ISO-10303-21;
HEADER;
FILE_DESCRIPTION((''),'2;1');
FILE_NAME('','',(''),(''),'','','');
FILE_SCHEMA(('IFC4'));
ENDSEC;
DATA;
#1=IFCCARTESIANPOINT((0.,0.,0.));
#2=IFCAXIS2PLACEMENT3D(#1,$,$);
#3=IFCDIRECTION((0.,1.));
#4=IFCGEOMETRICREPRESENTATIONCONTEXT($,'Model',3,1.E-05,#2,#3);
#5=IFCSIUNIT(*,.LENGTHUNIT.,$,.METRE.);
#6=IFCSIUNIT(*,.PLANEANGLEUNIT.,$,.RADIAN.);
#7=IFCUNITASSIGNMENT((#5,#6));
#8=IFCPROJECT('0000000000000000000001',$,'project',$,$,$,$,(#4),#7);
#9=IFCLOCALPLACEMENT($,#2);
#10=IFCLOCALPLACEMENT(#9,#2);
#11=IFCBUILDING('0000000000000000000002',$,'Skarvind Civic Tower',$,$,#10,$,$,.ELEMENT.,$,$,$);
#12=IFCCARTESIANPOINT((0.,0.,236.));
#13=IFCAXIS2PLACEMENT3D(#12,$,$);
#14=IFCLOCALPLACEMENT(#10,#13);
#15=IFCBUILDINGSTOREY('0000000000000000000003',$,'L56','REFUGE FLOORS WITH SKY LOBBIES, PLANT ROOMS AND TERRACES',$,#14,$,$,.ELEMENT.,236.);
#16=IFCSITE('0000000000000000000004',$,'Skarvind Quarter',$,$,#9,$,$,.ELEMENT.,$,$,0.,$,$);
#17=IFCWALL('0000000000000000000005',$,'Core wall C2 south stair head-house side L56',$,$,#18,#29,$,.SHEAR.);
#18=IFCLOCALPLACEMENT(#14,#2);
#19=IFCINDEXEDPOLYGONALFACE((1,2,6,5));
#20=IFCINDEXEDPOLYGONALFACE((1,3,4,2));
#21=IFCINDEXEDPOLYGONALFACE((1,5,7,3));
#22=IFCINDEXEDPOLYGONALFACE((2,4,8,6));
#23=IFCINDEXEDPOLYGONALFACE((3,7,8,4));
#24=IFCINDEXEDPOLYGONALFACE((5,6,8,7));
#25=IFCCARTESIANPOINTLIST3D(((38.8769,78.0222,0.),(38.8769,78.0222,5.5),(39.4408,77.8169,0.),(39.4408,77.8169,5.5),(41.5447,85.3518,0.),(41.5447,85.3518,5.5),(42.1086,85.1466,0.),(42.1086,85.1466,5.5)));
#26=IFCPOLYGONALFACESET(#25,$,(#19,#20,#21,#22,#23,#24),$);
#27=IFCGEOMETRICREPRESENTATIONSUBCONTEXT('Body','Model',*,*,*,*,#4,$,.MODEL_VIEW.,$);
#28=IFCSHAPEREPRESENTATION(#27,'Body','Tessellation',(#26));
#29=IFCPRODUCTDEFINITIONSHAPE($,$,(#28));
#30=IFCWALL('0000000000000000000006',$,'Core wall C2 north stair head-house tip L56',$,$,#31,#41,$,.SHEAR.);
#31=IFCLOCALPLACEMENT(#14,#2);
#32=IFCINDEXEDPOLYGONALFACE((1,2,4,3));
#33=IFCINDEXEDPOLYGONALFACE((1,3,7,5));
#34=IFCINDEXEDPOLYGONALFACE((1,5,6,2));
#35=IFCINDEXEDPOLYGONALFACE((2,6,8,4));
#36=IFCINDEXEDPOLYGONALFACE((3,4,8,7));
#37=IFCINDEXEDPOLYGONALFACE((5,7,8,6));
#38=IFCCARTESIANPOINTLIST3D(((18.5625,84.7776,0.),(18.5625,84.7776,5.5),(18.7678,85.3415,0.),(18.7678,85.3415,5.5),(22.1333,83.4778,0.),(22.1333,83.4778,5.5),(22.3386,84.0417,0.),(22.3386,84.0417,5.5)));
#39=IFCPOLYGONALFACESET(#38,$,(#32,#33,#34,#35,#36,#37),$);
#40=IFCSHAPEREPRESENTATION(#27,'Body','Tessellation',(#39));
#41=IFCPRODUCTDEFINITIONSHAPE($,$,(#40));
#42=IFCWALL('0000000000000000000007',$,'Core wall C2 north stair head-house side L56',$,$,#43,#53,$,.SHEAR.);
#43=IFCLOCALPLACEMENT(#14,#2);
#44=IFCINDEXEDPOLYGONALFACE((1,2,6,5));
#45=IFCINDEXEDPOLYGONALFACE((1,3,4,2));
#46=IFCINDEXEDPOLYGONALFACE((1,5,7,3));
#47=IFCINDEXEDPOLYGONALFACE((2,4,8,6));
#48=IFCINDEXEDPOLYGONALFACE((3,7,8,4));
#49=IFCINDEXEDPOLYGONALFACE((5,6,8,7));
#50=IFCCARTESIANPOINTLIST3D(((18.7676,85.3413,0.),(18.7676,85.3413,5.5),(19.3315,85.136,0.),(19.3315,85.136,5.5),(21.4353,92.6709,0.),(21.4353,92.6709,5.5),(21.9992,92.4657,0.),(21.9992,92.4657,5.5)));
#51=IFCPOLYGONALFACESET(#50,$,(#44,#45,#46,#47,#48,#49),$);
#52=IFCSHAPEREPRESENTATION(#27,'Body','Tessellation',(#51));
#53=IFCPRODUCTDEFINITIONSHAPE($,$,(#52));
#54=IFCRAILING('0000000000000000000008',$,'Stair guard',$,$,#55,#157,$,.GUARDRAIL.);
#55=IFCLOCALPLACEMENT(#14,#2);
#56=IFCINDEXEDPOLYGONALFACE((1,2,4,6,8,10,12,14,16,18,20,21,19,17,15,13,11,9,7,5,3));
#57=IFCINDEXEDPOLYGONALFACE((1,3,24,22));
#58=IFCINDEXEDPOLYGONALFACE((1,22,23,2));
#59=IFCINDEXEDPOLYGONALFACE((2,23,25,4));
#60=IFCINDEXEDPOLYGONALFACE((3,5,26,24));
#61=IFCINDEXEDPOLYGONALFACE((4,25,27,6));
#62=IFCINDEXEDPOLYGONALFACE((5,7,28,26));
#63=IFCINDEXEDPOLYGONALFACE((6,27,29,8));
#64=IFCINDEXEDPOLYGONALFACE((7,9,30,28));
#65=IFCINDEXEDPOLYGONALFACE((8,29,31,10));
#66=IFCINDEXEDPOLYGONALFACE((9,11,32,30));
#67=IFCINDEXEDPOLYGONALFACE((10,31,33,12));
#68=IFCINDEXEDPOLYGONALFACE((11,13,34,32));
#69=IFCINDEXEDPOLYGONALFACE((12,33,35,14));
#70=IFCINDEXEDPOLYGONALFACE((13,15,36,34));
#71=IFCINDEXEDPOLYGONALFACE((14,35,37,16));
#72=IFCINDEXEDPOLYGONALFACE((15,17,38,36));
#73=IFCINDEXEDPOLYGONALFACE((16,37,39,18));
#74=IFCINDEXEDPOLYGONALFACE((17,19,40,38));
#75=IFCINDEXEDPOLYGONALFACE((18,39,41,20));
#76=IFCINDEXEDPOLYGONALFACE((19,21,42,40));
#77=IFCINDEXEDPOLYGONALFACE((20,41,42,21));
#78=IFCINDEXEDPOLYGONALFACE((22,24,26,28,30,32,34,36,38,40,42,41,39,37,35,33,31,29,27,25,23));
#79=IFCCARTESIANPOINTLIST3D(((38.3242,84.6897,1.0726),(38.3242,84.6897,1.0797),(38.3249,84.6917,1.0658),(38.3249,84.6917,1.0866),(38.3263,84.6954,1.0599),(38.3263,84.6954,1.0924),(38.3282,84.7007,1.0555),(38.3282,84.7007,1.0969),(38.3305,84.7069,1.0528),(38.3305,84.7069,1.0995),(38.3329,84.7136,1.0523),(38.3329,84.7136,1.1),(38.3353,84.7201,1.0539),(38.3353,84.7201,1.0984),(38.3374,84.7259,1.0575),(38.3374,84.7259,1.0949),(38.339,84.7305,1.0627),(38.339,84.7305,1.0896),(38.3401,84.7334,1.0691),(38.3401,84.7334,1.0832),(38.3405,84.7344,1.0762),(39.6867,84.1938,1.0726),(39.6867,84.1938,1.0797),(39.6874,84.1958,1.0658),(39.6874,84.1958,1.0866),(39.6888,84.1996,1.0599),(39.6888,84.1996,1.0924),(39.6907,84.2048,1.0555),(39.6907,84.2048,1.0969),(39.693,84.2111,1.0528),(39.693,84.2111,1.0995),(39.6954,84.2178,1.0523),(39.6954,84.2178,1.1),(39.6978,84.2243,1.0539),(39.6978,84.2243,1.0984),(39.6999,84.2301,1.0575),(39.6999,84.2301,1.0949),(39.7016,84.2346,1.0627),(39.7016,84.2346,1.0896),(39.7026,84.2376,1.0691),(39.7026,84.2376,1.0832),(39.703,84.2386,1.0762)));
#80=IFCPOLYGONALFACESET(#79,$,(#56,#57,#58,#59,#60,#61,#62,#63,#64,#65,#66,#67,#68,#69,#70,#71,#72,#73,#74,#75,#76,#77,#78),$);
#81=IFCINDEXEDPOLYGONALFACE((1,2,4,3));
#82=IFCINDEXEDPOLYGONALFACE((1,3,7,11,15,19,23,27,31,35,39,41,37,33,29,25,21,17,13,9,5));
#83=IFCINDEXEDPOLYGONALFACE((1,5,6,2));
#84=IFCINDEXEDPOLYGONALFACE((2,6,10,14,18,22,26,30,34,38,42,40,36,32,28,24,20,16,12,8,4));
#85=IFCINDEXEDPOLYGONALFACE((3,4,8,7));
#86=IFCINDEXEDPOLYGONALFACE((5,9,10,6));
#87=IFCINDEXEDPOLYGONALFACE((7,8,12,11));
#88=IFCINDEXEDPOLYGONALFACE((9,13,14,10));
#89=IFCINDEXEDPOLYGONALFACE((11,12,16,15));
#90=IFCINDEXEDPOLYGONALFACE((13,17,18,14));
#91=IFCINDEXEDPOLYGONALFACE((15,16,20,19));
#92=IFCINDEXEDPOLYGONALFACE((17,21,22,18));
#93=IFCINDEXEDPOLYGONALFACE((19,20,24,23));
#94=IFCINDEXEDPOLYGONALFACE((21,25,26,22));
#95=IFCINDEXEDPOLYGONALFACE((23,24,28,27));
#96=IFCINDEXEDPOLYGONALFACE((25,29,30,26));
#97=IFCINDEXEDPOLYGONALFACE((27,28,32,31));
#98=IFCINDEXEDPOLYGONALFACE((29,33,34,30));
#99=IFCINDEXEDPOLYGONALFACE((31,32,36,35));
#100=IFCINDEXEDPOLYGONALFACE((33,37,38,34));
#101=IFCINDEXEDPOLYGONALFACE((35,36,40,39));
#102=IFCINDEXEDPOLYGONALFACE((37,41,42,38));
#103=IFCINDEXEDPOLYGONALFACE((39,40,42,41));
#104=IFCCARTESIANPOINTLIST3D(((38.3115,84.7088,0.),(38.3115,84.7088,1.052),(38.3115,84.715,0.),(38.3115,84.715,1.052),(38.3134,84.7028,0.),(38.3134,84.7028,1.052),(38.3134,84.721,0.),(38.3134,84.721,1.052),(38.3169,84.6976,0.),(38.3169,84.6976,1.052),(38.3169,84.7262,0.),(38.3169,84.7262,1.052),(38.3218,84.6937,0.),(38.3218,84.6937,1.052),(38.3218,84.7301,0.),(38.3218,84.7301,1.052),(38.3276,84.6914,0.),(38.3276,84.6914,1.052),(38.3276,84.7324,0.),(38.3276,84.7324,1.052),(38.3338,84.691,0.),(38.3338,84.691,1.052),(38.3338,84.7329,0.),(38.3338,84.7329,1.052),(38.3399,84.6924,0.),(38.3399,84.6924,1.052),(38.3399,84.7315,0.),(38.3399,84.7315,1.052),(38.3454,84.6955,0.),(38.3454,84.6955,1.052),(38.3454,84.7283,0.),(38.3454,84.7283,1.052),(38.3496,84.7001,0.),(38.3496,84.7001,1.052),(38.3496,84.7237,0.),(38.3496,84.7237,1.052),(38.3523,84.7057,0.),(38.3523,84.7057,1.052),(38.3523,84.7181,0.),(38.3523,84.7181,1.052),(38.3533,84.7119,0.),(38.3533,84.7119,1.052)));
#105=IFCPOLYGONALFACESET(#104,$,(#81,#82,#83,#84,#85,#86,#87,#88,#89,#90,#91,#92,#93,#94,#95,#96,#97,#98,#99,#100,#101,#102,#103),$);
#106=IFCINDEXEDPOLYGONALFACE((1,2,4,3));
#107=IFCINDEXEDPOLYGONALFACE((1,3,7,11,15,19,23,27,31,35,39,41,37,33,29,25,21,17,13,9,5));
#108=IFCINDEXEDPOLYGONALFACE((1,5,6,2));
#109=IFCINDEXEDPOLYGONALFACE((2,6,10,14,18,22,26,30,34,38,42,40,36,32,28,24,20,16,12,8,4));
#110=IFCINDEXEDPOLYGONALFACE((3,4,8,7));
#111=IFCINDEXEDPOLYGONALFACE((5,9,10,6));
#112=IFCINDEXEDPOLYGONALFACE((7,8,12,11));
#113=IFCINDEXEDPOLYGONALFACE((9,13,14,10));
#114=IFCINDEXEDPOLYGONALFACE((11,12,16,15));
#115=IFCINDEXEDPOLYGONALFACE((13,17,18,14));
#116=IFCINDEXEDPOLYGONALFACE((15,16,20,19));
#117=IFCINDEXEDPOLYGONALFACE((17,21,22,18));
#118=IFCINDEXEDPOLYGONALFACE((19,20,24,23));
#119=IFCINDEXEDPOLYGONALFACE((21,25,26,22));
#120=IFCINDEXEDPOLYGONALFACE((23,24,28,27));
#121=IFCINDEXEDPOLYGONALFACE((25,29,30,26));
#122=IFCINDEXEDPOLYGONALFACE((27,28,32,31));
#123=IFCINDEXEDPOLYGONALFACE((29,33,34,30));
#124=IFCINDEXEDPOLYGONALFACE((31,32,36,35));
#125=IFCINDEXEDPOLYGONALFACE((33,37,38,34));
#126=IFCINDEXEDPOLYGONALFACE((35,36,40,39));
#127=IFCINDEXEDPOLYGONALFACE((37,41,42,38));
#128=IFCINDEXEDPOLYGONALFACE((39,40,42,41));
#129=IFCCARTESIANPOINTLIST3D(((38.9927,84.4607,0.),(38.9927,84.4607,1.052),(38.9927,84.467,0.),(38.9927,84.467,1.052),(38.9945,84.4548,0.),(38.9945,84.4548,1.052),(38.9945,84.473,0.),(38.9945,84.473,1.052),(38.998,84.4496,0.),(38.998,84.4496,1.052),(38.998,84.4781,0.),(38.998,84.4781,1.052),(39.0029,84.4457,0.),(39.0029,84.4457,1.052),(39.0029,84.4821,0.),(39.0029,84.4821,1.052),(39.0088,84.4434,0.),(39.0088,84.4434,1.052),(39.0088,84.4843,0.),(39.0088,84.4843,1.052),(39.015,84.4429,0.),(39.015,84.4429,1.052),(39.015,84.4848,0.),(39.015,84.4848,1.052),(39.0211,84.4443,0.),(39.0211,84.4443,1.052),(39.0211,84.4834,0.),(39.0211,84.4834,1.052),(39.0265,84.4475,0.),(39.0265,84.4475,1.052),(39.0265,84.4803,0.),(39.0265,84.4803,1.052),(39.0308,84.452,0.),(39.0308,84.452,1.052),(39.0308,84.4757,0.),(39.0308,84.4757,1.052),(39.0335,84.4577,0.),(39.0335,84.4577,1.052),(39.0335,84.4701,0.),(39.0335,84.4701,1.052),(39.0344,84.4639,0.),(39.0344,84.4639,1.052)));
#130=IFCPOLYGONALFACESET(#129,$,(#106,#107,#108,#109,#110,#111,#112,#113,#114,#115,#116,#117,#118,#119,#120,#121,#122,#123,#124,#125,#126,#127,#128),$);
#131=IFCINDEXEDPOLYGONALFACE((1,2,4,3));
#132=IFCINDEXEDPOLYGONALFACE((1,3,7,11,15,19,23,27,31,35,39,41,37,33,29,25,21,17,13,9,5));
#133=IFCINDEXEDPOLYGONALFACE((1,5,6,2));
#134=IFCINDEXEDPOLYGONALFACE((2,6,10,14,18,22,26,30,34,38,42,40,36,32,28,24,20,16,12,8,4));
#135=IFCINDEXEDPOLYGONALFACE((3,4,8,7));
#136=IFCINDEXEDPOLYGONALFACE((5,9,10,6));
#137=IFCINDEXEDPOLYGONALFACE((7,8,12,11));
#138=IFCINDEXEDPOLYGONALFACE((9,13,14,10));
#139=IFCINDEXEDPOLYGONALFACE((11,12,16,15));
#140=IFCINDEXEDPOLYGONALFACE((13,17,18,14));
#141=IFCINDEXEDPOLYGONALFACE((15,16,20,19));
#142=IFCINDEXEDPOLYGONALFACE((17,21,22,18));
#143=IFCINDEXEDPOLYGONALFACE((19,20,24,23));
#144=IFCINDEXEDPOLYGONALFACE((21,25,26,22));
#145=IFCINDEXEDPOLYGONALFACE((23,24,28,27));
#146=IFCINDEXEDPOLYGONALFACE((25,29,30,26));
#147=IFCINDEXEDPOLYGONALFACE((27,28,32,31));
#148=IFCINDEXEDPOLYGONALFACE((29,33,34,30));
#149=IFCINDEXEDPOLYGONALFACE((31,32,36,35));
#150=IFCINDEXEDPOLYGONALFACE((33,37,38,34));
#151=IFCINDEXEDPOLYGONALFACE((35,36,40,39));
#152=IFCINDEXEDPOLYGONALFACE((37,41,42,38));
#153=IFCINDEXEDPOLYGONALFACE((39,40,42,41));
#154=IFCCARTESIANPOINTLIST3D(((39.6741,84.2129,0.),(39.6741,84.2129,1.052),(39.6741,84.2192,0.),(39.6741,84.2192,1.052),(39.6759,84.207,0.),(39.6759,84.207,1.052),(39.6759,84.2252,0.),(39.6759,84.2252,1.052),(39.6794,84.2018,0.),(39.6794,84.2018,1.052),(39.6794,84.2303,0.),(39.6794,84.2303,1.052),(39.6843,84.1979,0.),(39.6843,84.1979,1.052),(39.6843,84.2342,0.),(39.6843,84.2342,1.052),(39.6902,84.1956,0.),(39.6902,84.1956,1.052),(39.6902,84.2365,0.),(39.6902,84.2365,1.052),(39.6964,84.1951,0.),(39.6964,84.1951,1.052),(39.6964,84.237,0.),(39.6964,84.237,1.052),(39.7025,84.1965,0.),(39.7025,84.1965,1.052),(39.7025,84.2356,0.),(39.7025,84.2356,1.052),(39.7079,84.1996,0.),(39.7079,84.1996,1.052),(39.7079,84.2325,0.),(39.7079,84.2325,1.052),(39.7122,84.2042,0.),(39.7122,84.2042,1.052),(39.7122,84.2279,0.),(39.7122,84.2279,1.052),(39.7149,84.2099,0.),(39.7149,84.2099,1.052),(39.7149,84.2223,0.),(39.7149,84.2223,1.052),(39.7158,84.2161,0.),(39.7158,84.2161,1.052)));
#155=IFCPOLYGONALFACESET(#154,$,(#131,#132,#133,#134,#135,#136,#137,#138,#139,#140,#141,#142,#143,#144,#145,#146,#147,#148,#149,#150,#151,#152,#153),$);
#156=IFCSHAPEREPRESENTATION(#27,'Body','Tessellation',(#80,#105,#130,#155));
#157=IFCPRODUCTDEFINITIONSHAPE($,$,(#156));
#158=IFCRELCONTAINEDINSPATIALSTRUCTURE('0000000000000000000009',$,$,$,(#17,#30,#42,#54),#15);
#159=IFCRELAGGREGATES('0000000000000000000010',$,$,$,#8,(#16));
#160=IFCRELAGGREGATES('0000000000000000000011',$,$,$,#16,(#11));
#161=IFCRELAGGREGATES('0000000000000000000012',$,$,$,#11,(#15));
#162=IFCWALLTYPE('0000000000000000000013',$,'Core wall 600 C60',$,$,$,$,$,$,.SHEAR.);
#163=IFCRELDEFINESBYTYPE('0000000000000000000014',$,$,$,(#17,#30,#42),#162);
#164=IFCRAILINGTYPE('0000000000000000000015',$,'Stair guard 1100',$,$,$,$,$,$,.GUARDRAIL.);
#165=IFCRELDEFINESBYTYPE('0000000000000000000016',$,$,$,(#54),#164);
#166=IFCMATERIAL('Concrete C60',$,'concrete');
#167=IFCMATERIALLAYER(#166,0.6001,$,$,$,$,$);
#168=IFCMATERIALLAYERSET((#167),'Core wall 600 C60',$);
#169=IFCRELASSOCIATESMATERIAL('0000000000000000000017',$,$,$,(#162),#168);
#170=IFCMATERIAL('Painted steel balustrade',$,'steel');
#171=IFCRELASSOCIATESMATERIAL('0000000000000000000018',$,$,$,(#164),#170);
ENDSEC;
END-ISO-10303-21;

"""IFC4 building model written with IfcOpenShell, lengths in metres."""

from ifc_helpers import new_model, si_unit, direction, frame, frame_2d, origin, origin_2d, place, context, subcontext, project, spatial, rectangle, circle, extrude, material, layer, layer_set, type_object, element, save


model = new_model("IFC4")

# Units and contexts
model_context = context("Model", 3, precision=1e-05, world=origin(), true_north=direction((0.0, 1.0)))
body_context = subcontext(model_context, "Body", "Model", "MODEL_VIEW")
ifc_project = project(units=[si_unit("LENGTHUNIT", "METRE"), si_unit("PLANEANGLEUNIT", "RADIAN")], contexts=[model_context])

# Site, building, storey
site_placement = place(None, origin())
site = spatial("IfcSite", under=ifc_project, at=site_placement, Name="Skarvind Quarter", CompositionType="ELEMENT", RefElevation=0.0)
building_placement = place(site_placement, origin())
building = spatial("IfcBuilding", under=site, at=building_placement, Name="Skarvind Civic Tower", CompositionType="ELEMENT")
storey_placement = place(building_placement, frame((0.0, 0.0, 236.0)))
storey = spatial("IfcBuildingStorey", under=building, at=storey_placement, Name="L56", Description="REFUGE FLOORS WITH SKY LOBBIES, PLANT ROOMS AND TERRACES", CompositionType="ELEMENT", Elevation=236.0)

# Shared definitions
ifc_material_1 = material(Name="Concrete C60", Category="concrete")

# Walls
ifc_layer_1 = layer(ifc_material_1, 0.6001)
ifc_layer_set_1 = layer_set([ifc_layer_1], Name="Core wall 600 C60")
wall_type_1 = type_object("IfcWallType", Name="Core wall 600 C60", PredefinedType="SHEAR", material=ifc_layer_set_1)
wall_1_placement = place(storey_placement, frame((39.1589, 77.9197, 0.0), z_axis=(0.0, 0.0, 1.0), x_axis=(0.342017, 0.939694, 0.0)))
element("IfcWall", 1, at=wall_1_placement, inside=storey, type_object=wall_type_1, Name="Core wall C2 south stair head-house side L56", PredefinedType="SHEAR", context=body_context, shape_type="SweptSolid", body=[
    extrude(rectangle(XDim=7.8, YDim=0.6001, at=frame_2d((3.8999, 0.0))), origin(), (0.0, 0.0, 1.0), 5.5),
])
wall_2_placement = place(storey_placement, frame((22.2358, 83.7598, 0.0), z_axis=(0.0, 0.0, 1.0), x_axis=(-0.939681, 0.342053, 0.0)))
element("IfcWall", 2, at=wall_2_placement, inside=storey, type_object=wall_type_1, Name="Core wall C2 north stair head-house tip L56", PredefinedType="SHEAR", context=body_context, shape_type="SweptSolid", body=[
    extrude(rectangle(XDim=3.8, YDim=0.6001, at=frame_2d((1.8999, 0.0))), origin(), (0.0, 0.0, 1.0), 5.5),
])
wall_3_placement = place(storey_placement, frame((19.0496, 85.2388, 0.0), z_axis=(0.0, 0.0, 1.0), x_axis=(0.342017, 0.939694, 0.0)))
element("IfcWall", 3, at=wall_3_placement, inside=storey, type_object=wall_type_1, Name="Core wall C2 north stair head-house side L56", PredefinedType="SHEAR", context=body_context, shape_type="SweptSolid", body=[
    extrude(rectangle(XDim=7.8, YDim=0.6001, at=frame_2d((3.8999, 0.0))), origin(), (0.0, 0.0, 1.0), 5.5),
])

# Railing
ifc_material_2 = material(Name="Painted steel balustrade", Category="steel")
railing_type_1 = type_object("IfcRailingType", Name="Stair guard 1100", PredefinedType="GUARDRAIL", material=ifc_material_2)
railing_1_placement = place(storey_placement, frame((38.3323, 84.7119, 0.0)))
element("IfcRailing", 4, at=railing_1_placement, inside=storey, type_object=railing_type_1, Name="Stair guard", PredefinedType="GUARDRAIL", context=body_context, shape_type="SweptSolid", body=[
    extrude(circle(Radius=0.0239, at=origin_2d()), frame((0.0, 0.0, 1.0762), z_axis=(0.93971, -0.341973, 0.0), x_axis=(0.341973, 0.93971, 0.0)), (0.0, 0.0, 1.0), 1.45),
    extrude(circle(Radius=0.021, at=origin_2d()), origin(), (0.0, 0.0, 1.0), 1.052),
    extrude(circle(Radius=0.021, at=origin_2d()), frame((0.6812, -0.248, 0.0)), (0.0, 0.0, 1.0), 1.052),
    extrude(circle(Radius=0.021, at=origin_2d()), frame((1.3625, -0.4958, 0.0)), (0.0, 0.0, 1.0), 1.052),
])

save(model, "model.ifc")
